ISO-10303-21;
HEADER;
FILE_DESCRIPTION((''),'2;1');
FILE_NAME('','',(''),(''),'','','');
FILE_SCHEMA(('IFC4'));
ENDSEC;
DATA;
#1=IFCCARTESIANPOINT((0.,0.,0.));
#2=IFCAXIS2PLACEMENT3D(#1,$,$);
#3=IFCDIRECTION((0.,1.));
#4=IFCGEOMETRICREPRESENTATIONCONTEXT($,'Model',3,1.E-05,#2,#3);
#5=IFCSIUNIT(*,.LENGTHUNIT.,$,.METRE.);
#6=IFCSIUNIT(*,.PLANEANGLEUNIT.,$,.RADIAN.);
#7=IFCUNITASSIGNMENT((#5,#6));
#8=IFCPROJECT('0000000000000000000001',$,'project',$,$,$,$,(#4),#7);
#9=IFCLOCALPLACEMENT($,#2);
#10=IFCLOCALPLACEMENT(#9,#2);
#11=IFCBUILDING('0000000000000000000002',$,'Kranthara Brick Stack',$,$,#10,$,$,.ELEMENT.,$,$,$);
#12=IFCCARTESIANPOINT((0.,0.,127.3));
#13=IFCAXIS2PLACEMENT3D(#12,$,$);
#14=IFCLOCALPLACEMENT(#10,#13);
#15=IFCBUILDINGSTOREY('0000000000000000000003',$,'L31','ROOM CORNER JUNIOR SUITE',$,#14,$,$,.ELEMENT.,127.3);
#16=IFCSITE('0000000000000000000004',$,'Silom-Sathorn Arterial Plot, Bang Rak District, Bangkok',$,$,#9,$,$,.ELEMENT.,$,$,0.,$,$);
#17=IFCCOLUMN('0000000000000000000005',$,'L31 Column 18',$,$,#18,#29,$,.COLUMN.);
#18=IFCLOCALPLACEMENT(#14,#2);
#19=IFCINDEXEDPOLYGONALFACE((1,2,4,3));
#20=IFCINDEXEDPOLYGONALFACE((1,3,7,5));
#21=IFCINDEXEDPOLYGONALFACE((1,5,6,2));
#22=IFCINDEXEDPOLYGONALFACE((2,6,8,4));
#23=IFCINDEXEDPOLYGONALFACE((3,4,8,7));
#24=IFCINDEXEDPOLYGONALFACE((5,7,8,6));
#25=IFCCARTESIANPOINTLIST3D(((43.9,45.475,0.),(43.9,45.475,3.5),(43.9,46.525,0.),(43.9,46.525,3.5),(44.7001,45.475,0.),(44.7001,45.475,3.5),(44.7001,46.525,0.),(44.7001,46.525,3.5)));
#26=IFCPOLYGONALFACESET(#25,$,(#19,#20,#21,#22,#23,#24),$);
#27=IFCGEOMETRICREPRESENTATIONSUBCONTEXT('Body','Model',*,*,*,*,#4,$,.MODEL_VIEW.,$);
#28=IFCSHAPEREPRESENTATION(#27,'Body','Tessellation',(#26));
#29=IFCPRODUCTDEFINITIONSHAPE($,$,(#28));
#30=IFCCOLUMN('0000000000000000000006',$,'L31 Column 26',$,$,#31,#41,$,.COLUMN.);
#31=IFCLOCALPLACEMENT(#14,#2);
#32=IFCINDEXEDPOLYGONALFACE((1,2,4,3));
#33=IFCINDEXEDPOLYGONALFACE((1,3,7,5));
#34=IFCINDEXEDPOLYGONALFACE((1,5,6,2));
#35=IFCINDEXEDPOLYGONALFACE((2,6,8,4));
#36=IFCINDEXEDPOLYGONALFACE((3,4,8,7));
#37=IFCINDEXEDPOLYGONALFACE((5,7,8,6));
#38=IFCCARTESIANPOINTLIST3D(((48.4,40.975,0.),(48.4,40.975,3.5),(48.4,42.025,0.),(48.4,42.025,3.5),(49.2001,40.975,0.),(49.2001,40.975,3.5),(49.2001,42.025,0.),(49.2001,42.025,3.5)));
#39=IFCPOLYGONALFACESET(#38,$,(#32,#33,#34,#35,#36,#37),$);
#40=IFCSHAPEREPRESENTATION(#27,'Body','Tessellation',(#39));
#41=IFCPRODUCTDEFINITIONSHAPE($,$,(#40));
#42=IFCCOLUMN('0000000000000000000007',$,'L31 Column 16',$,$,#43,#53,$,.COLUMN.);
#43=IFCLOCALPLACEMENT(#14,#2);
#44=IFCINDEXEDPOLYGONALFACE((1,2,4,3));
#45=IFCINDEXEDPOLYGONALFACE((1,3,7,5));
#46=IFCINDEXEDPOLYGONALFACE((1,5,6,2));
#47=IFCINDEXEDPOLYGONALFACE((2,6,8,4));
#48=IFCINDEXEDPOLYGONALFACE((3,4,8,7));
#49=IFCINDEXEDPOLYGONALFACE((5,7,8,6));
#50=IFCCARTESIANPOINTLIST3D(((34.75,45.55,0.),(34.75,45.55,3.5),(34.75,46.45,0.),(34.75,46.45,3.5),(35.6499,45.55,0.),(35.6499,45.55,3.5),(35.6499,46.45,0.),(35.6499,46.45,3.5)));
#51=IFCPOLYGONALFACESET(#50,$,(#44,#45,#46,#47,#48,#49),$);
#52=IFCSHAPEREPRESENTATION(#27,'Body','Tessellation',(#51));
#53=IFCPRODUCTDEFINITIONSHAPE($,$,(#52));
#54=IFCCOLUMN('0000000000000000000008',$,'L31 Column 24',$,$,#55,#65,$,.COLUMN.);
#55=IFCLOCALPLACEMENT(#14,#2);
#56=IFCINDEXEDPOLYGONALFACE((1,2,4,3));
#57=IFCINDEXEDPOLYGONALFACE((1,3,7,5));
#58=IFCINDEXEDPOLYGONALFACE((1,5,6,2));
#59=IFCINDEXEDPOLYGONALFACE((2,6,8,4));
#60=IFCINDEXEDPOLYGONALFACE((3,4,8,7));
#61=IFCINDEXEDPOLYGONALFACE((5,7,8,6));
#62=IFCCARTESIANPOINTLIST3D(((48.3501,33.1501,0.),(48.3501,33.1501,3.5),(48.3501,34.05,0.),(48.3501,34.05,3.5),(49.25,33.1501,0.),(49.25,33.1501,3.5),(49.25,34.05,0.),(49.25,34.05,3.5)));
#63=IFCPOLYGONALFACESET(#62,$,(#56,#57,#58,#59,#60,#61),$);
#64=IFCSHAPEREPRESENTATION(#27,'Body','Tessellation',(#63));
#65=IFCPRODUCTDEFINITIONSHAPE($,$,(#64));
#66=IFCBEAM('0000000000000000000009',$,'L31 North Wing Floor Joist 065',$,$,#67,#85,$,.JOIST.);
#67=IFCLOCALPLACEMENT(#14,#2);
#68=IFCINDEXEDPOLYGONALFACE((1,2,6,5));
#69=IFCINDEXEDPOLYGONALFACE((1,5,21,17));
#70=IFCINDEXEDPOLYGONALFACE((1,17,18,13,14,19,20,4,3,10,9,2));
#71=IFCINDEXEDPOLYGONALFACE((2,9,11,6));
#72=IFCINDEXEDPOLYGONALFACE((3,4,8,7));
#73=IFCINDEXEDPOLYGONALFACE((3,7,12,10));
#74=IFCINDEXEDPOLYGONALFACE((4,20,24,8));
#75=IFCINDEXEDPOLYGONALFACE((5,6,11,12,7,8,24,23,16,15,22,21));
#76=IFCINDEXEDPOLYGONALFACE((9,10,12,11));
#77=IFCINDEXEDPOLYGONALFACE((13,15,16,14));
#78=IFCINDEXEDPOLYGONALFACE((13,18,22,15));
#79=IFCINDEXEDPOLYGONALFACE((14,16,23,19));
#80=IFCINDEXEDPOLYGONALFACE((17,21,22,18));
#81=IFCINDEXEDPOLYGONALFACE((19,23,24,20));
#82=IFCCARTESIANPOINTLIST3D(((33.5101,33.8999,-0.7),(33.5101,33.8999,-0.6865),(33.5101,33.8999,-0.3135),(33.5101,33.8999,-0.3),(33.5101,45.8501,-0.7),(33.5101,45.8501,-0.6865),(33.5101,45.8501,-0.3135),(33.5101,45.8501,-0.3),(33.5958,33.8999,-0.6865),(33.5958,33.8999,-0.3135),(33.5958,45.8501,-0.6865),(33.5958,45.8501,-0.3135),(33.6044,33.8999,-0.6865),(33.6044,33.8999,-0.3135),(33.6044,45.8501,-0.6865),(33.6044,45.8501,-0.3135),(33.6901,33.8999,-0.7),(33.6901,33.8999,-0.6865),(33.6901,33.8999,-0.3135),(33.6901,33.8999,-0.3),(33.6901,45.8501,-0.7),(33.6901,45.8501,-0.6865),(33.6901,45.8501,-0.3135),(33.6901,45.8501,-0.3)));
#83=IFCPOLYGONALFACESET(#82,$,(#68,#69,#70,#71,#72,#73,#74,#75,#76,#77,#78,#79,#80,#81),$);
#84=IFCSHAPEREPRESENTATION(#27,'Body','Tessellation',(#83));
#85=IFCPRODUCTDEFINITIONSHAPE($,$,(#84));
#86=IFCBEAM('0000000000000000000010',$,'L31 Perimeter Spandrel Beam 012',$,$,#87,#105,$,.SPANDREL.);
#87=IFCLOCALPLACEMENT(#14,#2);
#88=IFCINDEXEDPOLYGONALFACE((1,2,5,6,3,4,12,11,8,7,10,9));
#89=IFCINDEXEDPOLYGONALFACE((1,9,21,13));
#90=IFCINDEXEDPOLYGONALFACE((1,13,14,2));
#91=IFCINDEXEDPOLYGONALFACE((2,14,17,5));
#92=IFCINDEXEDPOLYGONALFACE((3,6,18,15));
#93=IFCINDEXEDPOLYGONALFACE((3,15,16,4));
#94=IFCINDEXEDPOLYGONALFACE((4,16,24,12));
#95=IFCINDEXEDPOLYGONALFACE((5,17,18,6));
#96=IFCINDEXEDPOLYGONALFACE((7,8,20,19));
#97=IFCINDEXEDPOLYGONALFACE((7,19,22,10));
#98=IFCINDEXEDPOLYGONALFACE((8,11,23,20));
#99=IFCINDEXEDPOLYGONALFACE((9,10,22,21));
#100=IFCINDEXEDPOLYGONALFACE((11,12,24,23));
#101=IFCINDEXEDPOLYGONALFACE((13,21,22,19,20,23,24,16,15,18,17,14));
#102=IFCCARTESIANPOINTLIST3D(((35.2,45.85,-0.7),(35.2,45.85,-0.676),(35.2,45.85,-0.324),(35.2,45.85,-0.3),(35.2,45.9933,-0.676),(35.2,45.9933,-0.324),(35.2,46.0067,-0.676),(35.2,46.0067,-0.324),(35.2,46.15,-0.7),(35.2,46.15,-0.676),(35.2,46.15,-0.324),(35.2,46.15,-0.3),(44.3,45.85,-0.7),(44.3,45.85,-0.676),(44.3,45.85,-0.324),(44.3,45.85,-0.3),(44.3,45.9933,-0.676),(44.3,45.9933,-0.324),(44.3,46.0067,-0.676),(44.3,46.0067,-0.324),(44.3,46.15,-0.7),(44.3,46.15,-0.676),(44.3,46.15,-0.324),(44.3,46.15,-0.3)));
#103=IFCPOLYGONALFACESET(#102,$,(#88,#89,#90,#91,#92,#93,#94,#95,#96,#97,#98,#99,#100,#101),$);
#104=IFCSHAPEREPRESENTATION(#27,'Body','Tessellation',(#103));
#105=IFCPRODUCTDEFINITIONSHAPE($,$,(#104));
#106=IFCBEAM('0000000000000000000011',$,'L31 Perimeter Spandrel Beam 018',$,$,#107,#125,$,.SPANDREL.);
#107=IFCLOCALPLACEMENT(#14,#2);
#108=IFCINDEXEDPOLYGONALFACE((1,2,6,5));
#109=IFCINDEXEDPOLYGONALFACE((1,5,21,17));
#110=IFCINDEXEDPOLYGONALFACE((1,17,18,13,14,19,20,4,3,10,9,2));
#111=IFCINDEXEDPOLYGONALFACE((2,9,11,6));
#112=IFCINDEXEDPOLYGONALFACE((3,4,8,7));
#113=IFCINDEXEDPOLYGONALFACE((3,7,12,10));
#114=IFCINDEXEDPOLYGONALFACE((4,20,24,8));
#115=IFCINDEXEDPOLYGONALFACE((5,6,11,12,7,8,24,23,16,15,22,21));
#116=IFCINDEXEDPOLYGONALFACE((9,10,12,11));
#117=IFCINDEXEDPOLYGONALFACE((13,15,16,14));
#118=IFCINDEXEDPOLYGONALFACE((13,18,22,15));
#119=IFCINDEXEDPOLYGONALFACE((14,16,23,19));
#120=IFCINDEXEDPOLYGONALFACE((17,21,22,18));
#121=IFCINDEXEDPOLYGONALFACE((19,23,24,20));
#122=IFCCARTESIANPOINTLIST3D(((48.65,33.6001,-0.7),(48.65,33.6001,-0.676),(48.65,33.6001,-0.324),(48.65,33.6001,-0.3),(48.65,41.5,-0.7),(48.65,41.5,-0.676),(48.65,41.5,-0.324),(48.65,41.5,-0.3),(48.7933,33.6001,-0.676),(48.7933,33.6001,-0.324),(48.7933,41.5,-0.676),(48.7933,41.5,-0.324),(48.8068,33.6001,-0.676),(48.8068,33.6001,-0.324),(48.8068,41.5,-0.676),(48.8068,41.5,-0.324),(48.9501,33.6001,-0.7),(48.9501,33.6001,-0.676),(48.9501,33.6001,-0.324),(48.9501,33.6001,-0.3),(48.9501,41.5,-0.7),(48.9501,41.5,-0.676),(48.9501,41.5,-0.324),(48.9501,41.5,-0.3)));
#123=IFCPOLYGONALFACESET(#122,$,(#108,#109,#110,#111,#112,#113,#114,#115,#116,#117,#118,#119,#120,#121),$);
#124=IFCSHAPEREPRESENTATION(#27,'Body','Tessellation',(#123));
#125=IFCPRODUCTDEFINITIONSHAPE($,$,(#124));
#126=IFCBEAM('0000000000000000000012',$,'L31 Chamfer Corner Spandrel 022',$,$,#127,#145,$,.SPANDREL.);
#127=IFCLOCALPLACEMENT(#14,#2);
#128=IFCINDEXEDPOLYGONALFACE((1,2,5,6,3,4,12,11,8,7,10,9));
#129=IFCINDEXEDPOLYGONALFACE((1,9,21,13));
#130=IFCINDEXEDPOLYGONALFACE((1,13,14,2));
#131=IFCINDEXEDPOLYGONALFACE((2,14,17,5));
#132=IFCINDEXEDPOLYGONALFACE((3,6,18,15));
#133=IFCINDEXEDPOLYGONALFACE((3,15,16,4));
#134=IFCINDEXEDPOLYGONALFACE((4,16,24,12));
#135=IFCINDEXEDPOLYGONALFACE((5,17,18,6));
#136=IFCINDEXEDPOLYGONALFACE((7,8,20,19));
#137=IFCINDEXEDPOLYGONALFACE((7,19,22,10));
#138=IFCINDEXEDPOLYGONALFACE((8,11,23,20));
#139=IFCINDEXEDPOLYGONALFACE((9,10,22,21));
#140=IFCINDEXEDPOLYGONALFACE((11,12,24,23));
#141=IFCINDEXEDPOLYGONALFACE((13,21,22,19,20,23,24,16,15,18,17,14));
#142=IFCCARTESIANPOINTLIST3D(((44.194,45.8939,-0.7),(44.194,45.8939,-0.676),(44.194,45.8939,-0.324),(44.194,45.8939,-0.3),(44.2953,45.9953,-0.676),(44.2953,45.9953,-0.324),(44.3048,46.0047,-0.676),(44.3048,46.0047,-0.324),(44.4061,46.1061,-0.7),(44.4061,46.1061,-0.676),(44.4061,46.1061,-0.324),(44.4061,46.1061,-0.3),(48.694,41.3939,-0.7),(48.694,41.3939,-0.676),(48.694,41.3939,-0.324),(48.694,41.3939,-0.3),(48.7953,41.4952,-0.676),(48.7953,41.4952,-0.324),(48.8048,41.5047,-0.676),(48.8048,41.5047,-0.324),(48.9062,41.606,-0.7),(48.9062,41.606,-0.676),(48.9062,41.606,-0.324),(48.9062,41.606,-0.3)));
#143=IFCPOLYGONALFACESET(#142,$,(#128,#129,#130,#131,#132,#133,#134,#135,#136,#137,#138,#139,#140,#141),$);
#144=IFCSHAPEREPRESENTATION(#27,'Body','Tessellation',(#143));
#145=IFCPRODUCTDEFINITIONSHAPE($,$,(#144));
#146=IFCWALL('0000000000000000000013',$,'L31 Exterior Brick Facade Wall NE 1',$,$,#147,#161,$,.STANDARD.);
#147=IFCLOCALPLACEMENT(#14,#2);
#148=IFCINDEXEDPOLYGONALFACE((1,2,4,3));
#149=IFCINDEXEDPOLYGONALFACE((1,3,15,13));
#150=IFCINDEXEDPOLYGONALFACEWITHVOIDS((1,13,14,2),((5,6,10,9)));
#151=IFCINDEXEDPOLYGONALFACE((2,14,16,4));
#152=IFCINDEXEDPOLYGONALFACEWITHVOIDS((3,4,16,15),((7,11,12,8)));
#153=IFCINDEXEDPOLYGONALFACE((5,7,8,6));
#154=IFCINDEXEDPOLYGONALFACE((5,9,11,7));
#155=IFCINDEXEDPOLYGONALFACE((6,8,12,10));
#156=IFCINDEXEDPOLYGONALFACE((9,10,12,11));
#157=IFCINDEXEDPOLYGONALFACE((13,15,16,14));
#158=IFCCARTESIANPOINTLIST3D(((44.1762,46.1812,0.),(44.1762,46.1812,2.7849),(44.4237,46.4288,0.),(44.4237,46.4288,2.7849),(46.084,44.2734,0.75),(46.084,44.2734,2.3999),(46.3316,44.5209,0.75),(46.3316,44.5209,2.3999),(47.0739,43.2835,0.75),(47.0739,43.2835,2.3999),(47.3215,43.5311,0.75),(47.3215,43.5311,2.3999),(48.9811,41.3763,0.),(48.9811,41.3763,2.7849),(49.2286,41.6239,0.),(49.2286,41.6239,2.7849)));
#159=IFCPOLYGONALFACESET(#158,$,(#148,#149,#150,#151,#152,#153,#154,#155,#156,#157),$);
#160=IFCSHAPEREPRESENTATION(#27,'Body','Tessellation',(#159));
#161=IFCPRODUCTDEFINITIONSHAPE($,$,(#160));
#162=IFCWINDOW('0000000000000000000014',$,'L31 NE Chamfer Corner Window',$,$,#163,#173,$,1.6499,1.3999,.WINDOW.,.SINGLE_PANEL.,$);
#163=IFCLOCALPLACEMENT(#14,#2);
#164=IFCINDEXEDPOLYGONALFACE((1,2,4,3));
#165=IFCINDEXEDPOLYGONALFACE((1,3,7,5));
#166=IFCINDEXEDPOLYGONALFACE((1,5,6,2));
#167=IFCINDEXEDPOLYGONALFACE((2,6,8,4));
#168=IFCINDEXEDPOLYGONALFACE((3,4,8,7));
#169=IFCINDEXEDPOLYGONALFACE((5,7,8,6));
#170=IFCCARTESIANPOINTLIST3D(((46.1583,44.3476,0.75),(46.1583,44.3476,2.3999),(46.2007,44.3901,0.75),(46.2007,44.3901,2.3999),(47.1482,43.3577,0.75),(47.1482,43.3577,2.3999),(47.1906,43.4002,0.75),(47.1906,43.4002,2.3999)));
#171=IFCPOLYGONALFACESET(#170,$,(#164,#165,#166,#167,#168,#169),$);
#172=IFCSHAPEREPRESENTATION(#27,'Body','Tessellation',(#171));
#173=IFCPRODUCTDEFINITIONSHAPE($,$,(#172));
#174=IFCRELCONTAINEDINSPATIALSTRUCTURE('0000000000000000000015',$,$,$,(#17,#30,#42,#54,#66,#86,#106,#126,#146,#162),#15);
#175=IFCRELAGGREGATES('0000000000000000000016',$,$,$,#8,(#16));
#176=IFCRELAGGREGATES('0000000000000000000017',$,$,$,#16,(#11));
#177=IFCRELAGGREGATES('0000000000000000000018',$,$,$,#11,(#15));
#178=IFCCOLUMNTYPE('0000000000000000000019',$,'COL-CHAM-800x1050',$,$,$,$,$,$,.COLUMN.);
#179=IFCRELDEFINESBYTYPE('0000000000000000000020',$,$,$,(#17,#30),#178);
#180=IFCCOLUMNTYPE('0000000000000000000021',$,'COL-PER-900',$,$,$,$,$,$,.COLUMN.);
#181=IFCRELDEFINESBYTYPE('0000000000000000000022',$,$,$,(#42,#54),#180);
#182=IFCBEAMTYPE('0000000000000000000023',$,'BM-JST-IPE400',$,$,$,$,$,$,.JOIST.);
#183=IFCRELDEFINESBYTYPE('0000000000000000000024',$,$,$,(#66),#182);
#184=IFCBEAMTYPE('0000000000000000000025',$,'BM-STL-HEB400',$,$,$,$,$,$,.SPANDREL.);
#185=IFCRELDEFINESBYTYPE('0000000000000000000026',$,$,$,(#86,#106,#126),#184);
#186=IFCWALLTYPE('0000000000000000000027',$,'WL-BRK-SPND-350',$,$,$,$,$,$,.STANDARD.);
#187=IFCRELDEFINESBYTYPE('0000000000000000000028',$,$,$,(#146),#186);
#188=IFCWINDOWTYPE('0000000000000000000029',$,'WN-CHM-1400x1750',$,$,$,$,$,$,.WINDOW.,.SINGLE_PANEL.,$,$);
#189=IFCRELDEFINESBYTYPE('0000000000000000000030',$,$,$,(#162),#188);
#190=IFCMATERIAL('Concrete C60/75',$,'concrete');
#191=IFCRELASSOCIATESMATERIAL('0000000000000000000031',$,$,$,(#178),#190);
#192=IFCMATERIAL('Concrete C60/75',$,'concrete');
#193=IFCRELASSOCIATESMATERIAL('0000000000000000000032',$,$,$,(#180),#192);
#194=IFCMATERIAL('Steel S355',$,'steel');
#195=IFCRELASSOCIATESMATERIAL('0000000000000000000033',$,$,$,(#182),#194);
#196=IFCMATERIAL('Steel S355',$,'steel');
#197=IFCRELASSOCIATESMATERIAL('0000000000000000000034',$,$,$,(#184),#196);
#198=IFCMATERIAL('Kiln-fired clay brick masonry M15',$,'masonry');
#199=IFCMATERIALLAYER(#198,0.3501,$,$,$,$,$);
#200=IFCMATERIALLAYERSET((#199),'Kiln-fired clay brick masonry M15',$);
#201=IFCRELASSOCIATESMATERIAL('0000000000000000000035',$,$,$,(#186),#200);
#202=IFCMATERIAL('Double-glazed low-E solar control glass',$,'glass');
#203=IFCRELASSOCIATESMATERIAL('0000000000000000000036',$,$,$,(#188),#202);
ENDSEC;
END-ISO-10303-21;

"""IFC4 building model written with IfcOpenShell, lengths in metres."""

from ifc_helpers import new_model, si_unit, direction, frame, frame_2d, origin, origin_2d, place, context, subcontext, project, spatial, rectangle, i_section, extrude, material, layer, layer_set, material_profile, profile_set, type_object, element, fill, save


model = new_model("IFC4")

# Units and contexts
model_context = context("Model", 3, precision=1e-05, world=origin(), true_north=direction((0.0, 1.0)))
body_context = subcontext(model_context, "Body", "Model", "MODEL_VIEW")
ifc_project = project(units=[si_unit("LENGTHUNIT", "METRE"), si_unit("PLANEANGLEUNIT", "RADIAN")], contexts=[model_context])

# Site, building, storey
site_placement = place(None, origin())
site = spatial("IfcSite", under=ifc_project, at=site_placement, Name="Silom-Sathorn Arterial Plot, Bang Rak District, Bangkok", CompositionType="ELEMENT", RefElevation=0.0)
building_placement = place(site_placement, origin())
building = spatial("IfcBuilding", under=site, at=building_placement, Name="Kranthara Brick Stack", CompositionType="ELEMENT")
storey_placement = place(building_placement, frame((0.0, 0.0, 127.3)))
storey = spatial("IfcBuildingStorey", under=building, at=storey_placement, Name="L31", Description="ROOM CORNER JUNIOR SUITE", CompositionType="ELEMENT", Elevation=127.3)

# Columns
ifc_material_1 = material(Name="Concrete C60/75", Category="concrete")
ifc_material_profile_1 = material_profile(ifc_material_1, rectangle(XDim=0.8, YDim=1.05, at=origin_2d()), Name="RC 800x1050")
ifc_profile_set_1 = profile_set([ifc_material_profile_1], Name="Concrete C60/75")
column_type_1 = type_object("IfcColumnType", Name="COL-CHAM-800x1050", PredefinedType="COLUMN", material=ifc_profile_set_1)
for number, where, z_axis, x_axis, name in (
    (1, (44.3, 46.0, 0.0), (0.0, 0.0, 1.0), (1.0, 0.0, 0.0), "L31 Column 18"),
    (2, (48.8, 41.5, 0.0), (0.0, 0.0, 1.0), (1.0, 0.0, 0.0), "L31 Column 26"),
):
    element("IfcColumn", number, at=place(storey_placement, frame(where, z_axis=z_axis, x_axis=x_axis)), inside=storey, type_object=column_type_1, Name=name, PredefinedType="COLUMN", context=body_context, shape_type="SweptSolid", body=[
        extrude(rectangle(XDim=0.8, YDim=1.05, at=origin_2d()), origin(), (0.0, 0.0, 1.0), 3.5),
    ])
ifc_material_2 = material(Name="Concrete C60/75", Category="concrete")
ifc_material_profile_2 = material_profile(ifc_material_2, rectangle(XDim=0.8999, YDim=0.8999, at=origin_2d()), Name="RC 900x900")
ifc_profile_set_2 = profile_set([ifc_material_profile_2], Name="Concrete C60/75")
column_type_2 = type_object("IfcColumnType", Name="COL-PER-900", PredefinedType="COLUMN", material=ifc_profile_set_2)
for number, where, z_axis, x_axis, name in (
    (3, (35.2, 46.0, 0.0), (0.0, 0.0, 1.0), (1.0, 0.0, 0.0), "L31 Column 16"),
    (4, (48.8, 33.6001, 0.0), (0.0, 0.0, 1.0), (1.0, 0.0, 0.0), "L31 Column 24"),
):
    element("IfcColumn", number, at=place(storey_placement, frame(where, z_axis=z_axis, x_axis=x_axis)), inside=storey, type_object=column_type_2, Name=name, PredefinedType="COLUMN", context=body_context, shape_type="SweptSolid", body=[
        extrude(rectangle(XDim=0.8999, YDim=0.8999, at=origin_2d()), origin(), (0.0, 0.0, 1.0), 3.5),
    ])

# Beams
ifc_material_3 = material(Name="Steel S355", Category="steel")
ifc_material_profile_3 = material_profile(ifc_material_3, i_section(OverallWidth=0.1799, OverallDepth=0.3999, WebThickness=0.0085, FlangeThickness=0.0134, at=origin_2d()), Name="IPE 400")
ifc_profile_set_3 = profile_set([ifc_material_profile_3], Name="Steel S355")
beam_type_1 = type_object("IfcBeamType", Name="BM-JST-IPE400", PredefinedType="JOIST", material=ifc_profile_set_3)
beam_1_placement = place(storey_placement, frame((33.6001, 33.8999, -0.5), z_axis=(0.0, 1.0, 0.0), x_axis=(-1.0, 0.0, 0.0)))
element("IfcBeam", 5, at=beam_1_placement, inside=storey, type_object=beam_type_1, Name="L31 North Wing Floor Joist 065", PredefinedType="JOIST", context=body_context, shape_type="SweptSolid", body=[
    extrude(i_section(OverallWidth=0.1799, OverallDepth=0.3999, WebThickness=0.0085, FlangeThickness=0.0134, at=origin_2d()), origin(), (0.0, 0.0, 1.0), 11.9502),
])
ifc_material_4 = material(Name="Steel S355", Category="steel")
ifc_material_profile_4 = material_profile(ifc_material_4, i_section(OverallWidth=0.3, OverallDepth=0.3999, WebThickness=0.0134, FlangeThickness=0.0239, at=origin_2d()), Name="HEB 400")
ifc_profile_set_4 = profile_set([ifc_material_profile_4], Name="Steel S355")
beam_type_2 = type_object("IfcBeamType", Name="BM-STL-HEB400", PredefinedType="SPANDREL", material=ifc_profile_set_4)
beam_2_placement = place(storey_placement, frame((35.2, 46.0, -0.5), z_axis=(1.0, 0.0, 0.0), x_axis=(0.0, 1.0, 0.0)))
element("IfcBeam", 6, at=beam_2_placement, inside=storey, type_object=beam_type_2, Name="L31 Perimeter Spandrel Beam 012", PredefinedType="SPANDREL", context=body_context, shape_type="SweptSolid", body=[
    extrude(i_section(OverallWidth=0.3, OverallDepth=0.3999, WebThickness=0.0134, FlangeThickness=0.0239, at=origin_2d()), origin(), (0.0, 0.0, 1.0), 9.1001),
])
beam_3_placement = place(storey_placement, frame((48.8, 33.6001, -0.5), z_axis=(0.0, 1.0, 0.0), x_axis=(-1.0, 0.0, 0.0)))
element("IfcBeam", 7, at=beam_3_placement, inside=storey, type_object=beam_type_2, Name="L31 Perimeter Spandrel Beam 018", PredefinedType="SPANDREL", context=body_context, shape_type="SweptSolid", body=[
    extrude(i_section(OverallWidth=0.3, OverallDepth=0.3999, WebThickness=0.0134, FlangeThickness=0.0239, at=origin_2d()), origin(), (0.0, 0.0, 1.0), 7.8999),
])
beam_4_placement = place(storey_placement, frame((44.3, 46.0, -0.5), z_axis=(0.707107, -0.707107, 0.0), x_axis=(0.707107, 0.707107, 0.0)))
element("IfcBeam", 8, at=beam_4_placement, inside=storey, type_object=beam_type_2, Name="L31 Chamfer Corner Spandrel 022", PredefinedType="SPANDREL", context=body_context, shape_type="SweptSolid", body=[
    extrude(i_section(OverallWidth=0.3, OverallDepth=0.3999, WebThickness=0.0134, FlangeThickness=0.0239, at=origin_2d()), origin(), (0.0, 0.0, 1.0), 6.364),
])

# Wall, opening, window
ifc_material_5 = material(Name="Kiln-fired clay brick masonry M15", Category="masonry")
ifc_layer_1 = layer(ifc_material_5, 0.3501)
ifc_layer_set_1 = layer_set([ifc_layer_1], Name="Kiln-fired clay brick masonry M15")
wall_type_1 = type_object("IfcWallType", Name="WL-BRK-SPND-350", PredefinedType="STANDARD", material=ifc_layer_set_1)
wall_1_placement = place(storey_placement, frame((44.3, 46.3049, 0.0), z_axis=(0.0, 0.0, 1.0), x_axis=(0.707107, -0.707107, 0.0)))
wall_1 = element("IfcWall", 9, at=wall_1_placement, inside=storey, type_object=wall_type_1, Name="L31 Exterior Brick Facade Wall NE 1", PredefinedType="STANDARD", context=body_context, shape_type="SweptSolid", body=[
    extrude(rectangle(XDim=6.7952, YDim=0.3501, at=frame_2d((3.3975, 0.0))), origin(), (0.0, 0.0, 1.0), 2.7849),
])
opening_1_placement = place(wall_1_placement, frame((2.698, 0.0, 0.75)))
opening_1 = element("IfcOpeningElement", 10, at=opening_1_placement, cuts=wall_1, PredefinedType="OPENING", context=body_context, shape_type="SweptSolid", body=[
    extrude(rectangle(XDim=1.3999, YDim=1.6499, at=frame_2d((0.7, 0.825))), frame((0.0, 0.1851, 0.0), z_axis=(0.0, -1.0, 0.0), x_axis=(1.0, 0.0, 0.0)), (0.0, 0.0, 1.0), 0.3701),
])
ifc_material_6 = material(Name="Double-glazed low-E solar control glass", Category="glass")
window_type_1 = type_object("IfcWindowType", Name="WN-CHM-1400x1750", PartitioningType="SINGLE_PANEL", PredefinedType="WINDOW", material=ifc_material_6)
window_1_placement = place(opening_1_placement, origin())
window_1 = element("IfcWindow", 11, at=window_1_placement, inside=storey, type_object=window_type_1, Name="L31 NE Chamfer Corner Window", OverallHeight=1.6499, OverallWidth=1.3999, PartitioningType="SINGLE_PANEL", PredefinedType="WINDOW", context=body_context, shape_type="SweptSolid", body=[
    extrude(rectangle(XDim=1.3999, YDim=1.6499, at=frame_2d((0.7, 0.825))), frame((0.0, -0.01, 0.0), z_axis=(0.0, -1.0, 0.0), x_axis=(1.0, 0.0, 0.0)), (0.0, 0.0, 1.0), 0.0601),
])
fill(opening_1, window_1)

save(model, "model.ifc")
